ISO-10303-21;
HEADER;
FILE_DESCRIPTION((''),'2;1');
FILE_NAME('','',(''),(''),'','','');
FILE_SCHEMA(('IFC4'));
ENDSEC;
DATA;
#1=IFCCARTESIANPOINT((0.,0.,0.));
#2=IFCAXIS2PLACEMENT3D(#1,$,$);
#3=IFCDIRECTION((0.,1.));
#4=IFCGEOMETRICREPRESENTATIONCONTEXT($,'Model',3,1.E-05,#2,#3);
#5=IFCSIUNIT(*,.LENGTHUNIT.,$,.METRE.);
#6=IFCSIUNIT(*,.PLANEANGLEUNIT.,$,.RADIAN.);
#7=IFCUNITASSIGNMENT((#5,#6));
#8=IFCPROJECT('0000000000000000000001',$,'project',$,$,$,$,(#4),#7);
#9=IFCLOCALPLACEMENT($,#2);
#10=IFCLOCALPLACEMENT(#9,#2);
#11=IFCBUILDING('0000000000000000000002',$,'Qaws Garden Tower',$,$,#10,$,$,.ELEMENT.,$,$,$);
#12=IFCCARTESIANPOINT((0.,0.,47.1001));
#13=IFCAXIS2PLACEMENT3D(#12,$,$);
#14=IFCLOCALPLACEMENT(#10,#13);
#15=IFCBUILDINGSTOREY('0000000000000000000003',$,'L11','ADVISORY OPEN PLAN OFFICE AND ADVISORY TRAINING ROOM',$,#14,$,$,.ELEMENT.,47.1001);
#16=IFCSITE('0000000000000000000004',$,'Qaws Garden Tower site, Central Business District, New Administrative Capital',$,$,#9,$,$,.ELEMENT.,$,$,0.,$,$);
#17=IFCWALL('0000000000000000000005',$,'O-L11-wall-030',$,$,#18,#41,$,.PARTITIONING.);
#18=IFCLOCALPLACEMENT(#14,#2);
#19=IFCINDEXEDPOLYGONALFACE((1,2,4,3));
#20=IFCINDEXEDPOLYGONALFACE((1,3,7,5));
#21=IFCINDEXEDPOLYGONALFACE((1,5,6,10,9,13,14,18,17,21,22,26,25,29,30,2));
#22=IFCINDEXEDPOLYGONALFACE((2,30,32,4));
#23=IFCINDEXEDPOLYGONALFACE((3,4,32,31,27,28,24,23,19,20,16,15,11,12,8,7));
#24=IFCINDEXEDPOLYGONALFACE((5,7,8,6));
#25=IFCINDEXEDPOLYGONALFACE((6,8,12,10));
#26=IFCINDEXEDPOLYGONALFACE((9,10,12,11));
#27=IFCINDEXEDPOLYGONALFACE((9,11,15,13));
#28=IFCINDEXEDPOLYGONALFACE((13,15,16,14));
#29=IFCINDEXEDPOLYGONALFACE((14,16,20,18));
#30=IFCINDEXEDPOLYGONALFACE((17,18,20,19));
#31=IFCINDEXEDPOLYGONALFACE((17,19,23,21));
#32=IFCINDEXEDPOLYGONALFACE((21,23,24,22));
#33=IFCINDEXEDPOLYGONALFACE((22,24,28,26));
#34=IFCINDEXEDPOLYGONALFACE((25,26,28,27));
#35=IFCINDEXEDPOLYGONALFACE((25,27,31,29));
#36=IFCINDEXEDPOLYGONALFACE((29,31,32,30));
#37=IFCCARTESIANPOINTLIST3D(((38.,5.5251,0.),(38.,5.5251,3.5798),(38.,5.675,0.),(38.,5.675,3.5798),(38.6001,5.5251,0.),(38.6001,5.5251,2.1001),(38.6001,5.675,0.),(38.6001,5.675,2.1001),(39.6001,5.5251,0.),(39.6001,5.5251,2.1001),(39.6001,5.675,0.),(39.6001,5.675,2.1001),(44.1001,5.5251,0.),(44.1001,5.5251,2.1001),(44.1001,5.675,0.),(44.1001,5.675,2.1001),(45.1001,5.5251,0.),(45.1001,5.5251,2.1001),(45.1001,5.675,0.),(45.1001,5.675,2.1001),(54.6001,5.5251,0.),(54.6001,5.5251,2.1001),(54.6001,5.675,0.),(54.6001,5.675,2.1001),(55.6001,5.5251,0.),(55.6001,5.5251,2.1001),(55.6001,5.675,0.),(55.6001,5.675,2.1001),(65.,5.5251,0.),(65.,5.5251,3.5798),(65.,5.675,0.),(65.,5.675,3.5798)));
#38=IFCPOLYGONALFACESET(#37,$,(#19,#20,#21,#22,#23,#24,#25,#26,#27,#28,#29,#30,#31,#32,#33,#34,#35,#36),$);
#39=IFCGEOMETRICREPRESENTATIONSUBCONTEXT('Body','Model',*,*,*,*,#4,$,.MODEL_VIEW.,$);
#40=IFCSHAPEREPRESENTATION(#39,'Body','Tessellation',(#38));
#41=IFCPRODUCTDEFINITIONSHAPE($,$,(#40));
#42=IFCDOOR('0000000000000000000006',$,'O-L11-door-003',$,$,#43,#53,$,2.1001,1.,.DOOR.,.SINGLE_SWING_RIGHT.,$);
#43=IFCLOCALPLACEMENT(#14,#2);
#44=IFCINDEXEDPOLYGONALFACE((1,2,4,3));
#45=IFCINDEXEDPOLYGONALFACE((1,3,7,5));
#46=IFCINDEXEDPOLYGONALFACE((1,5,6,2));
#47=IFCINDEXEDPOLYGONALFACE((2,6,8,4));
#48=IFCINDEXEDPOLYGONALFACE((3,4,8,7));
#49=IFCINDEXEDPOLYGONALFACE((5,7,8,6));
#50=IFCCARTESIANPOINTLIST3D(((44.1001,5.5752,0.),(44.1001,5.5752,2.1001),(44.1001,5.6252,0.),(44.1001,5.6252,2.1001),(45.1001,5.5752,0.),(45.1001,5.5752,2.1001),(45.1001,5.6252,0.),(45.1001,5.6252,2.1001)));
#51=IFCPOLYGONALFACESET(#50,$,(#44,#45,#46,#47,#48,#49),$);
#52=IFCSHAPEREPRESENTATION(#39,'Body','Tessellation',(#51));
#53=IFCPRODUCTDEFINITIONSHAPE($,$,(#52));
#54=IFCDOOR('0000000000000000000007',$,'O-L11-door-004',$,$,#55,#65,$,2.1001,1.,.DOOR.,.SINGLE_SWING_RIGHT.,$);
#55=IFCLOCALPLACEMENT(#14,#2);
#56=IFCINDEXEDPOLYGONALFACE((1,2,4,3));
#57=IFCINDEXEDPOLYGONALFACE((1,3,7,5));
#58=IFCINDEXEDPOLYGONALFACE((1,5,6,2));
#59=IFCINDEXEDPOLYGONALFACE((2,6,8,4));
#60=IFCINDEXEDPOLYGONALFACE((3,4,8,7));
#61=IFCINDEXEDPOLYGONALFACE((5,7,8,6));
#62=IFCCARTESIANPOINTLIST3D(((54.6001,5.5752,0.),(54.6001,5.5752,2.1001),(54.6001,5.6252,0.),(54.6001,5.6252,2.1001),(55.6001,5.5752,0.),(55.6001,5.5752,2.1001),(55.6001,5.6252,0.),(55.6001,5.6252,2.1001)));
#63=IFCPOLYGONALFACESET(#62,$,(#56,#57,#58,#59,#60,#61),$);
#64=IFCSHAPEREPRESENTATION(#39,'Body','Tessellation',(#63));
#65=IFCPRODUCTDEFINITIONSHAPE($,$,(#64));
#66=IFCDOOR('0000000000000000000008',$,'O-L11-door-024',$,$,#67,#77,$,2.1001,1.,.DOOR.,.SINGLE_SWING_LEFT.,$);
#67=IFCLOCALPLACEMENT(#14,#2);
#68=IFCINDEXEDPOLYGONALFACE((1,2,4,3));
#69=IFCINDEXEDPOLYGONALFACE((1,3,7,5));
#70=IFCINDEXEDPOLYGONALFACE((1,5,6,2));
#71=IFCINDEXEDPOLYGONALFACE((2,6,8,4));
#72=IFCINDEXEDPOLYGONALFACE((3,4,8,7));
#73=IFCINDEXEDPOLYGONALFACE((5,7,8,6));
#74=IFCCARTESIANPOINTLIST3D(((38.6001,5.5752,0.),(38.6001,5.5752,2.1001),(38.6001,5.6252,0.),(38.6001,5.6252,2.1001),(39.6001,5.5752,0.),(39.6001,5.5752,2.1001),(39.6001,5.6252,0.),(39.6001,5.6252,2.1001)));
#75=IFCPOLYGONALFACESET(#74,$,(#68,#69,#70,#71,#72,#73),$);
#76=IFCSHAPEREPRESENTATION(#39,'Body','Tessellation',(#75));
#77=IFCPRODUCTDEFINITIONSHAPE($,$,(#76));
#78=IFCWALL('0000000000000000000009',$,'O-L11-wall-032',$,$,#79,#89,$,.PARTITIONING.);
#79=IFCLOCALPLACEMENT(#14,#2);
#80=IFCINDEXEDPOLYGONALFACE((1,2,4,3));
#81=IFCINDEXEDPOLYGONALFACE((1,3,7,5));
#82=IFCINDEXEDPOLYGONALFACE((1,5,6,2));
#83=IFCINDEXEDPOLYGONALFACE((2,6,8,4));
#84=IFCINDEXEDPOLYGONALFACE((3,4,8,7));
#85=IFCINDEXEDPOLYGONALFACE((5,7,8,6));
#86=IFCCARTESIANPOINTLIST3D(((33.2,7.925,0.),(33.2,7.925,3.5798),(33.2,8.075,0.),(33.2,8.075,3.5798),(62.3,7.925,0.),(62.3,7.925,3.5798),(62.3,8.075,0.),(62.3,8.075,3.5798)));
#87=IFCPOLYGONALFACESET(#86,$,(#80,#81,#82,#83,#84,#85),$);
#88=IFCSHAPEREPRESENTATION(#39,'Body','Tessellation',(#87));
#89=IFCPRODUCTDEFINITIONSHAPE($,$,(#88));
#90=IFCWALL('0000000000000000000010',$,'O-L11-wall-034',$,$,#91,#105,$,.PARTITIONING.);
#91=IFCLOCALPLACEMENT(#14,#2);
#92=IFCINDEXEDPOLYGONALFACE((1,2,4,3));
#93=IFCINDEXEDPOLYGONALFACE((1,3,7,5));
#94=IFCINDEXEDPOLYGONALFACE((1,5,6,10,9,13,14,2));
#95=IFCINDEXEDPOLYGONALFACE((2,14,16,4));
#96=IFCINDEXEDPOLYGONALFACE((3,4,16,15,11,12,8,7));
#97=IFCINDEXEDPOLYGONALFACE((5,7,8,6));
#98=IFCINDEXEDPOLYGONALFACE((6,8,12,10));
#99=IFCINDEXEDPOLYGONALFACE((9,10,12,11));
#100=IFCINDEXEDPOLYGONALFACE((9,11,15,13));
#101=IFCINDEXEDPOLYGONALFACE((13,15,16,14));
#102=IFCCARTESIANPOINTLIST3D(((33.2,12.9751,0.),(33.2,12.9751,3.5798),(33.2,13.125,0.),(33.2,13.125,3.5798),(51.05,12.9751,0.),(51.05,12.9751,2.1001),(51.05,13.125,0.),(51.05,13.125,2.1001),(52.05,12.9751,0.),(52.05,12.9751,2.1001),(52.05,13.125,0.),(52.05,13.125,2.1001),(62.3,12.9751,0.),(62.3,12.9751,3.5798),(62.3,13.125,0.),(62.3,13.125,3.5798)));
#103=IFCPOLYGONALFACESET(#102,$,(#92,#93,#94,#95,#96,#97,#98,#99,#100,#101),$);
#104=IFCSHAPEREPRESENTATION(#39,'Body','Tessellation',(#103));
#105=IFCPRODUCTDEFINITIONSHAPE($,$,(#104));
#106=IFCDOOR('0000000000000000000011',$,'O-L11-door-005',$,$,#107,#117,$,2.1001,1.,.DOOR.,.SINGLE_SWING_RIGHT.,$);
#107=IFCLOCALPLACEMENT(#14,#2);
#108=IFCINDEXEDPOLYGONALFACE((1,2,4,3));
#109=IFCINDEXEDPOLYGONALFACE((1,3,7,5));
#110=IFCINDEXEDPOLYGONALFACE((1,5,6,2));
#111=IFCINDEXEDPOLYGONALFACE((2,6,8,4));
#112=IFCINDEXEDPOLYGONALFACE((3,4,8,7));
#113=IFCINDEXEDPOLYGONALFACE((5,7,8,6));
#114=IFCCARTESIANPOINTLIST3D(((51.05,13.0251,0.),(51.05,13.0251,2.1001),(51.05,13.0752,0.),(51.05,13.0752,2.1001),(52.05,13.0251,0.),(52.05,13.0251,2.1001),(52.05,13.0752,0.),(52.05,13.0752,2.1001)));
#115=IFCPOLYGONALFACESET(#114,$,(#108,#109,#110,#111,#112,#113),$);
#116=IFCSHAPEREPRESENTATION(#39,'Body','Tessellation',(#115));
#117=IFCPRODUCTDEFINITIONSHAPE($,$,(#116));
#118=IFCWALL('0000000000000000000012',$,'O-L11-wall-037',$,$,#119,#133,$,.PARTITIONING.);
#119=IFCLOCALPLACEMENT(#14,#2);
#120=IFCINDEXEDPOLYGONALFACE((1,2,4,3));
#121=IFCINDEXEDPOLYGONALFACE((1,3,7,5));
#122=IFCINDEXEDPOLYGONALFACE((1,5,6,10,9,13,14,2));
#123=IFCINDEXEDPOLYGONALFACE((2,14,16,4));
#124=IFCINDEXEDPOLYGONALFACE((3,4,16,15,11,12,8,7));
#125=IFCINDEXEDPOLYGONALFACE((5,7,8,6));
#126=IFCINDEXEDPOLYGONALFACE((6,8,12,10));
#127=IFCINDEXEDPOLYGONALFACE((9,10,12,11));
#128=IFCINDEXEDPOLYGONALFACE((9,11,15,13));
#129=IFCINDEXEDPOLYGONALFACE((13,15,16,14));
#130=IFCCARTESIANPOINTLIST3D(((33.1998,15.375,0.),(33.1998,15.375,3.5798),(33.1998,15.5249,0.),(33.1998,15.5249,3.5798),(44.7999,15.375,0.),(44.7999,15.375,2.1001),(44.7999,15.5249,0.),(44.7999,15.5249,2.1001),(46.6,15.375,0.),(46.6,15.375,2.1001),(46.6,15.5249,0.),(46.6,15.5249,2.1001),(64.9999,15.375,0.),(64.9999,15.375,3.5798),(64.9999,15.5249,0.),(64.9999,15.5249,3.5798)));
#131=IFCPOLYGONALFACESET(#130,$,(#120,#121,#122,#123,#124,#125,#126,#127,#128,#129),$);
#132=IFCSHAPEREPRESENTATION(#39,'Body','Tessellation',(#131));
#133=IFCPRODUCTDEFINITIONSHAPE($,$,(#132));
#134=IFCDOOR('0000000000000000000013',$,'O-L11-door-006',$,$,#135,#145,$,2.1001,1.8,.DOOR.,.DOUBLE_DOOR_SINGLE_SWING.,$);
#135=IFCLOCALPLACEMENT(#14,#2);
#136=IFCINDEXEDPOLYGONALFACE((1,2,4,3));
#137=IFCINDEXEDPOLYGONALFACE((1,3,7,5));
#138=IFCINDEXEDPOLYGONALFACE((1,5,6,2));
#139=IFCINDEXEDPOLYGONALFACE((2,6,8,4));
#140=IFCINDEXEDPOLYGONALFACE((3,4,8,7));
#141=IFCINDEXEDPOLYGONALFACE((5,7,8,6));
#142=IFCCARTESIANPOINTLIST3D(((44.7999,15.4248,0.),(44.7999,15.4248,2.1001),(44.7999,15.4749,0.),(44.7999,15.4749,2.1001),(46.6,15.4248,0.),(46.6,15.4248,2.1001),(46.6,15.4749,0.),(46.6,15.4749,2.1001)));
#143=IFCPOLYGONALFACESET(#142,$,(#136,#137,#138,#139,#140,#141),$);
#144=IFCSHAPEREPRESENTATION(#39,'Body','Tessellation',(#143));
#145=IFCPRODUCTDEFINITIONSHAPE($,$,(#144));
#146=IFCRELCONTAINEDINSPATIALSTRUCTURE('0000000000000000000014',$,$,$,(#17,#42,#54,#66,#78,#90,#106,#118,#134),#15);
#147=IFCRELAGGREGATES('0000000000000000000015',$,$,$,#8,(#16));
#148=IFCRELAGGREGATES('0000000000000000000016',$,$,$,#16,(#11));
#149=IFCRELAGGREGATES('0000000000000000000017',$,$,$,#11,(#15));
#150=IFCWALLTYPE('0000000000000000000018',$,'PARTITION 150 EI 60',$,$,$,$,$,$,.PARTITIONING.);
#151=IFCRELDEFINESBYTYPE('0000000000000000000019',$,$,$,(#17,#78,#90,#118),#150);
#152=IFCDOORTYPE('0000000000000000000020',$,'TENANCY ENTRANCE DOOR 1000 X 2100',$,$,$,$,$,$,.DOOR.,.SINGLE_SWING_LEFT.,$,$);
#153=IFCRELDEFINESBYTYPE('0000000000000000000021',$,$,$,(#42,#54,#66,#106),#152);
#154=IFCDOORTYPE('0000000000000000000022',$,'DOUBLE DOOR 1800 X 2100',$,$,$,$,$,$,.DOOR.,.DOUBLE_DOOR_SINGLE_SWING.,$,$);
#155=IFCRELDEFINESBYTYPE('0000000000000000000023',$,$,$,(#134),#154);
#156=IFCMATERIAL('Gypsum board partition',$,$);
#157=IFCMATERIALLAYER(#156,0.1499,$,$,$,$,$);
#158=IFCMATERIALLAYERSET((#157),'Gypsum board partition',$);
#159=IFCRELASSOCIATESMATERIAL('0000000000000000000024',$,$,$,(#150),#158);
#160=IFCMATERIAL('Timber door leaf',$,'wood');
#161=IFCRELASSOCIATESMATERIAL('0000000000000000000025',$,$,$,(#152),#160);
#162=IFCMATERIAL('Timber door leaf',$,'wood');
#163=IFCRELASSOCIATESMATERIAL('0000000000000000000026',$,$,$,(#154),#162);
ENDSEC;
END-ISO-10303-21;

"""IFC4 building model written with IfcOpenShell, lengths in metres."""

from ifc_helpers import new_model, si_unit, direction, frame, frame_2d, origin, place, context, subcontext, project, spatial, rectangle, extrude, material, layer, layer_set, type_object, element, fill, save


model = new_model("IFC4")

# Units and contexts
model_context = context("Model", 3, precision=1e-05, world=origin(), true_north=direction((0.0, 1.0)))
body_context = subcontext(model_context, "Body", "Model", "MODEL_VIEW")
ifc_project = project(units=[si_unit("LENGTHUNIT", "METRE"), si_unit("PLANEANGLEUNIT", "RADIAN")], contexts=[model_context])

# Site, building, storey
site_placement = place(None, origin())
site = spatial("IfcSite", under=ifc_project, at=site_placement, Name="Qaws Garden Tower site, Central Business District, New Administrative Capital", CompositionType="ELEMENT", RefElevation=0.0)
building_placement = place(site_placement, origin())
building = spatial("IfcBuilding", under=site, at=building_placement, Name="Qaws Garden Tower", CompositionType="ELEMENT")
storey_placement = place(building_placement, frame((0.0, 0.0, 47.1001)))
storey = spatial("IfcBuildingStorey", under=building, at=storey_placement, Name="L11", Description="ADVISORY OPEN PLAN OFFICE AND ADVISORY TRAINING ROOM", CompositionType="ELEMENT", Elevation=47.1001)

# Shared definitions
ifc_material_1 = material(Name="Gypsum board partition")
ifc_layer_1 = layer(ifc_material_1, 0.1499)
ifc_layer_set_1 = layer_set([ifc_layer_1], Name="Gypsum board partition")
wall_type_1 = type_object("IfcWallType", Name="PARTITION 150 EI 60", PredefinedType="PARTITIONING", material=ifc_layer_set_1)

# Wall, openings, doors
wall_1_placement = place(storey_placement, frame((38.0, 5.6001, 0.0), z_axis=(0.0, 0.0, 1.0), x_axis=(1.0, 0.0, 0.0)))
wall_1 = element("IfcWall", 1, at=wall_1_placement, inside=storey, type_object=wall_type_1, Name="O-L11-wall-030", PredefinedType="PARTITIONING", context=body_context, shape_type="SweptSolid", body=[
    extrude(rectangle(XDim=27.0, YDim=0.1499, at=frame_2d((13.5, 0.0))), origin(), (0.0, 0.0, 1.0), 3.5798),
])
opening_1_placement = place(wall_1_placement, frame((6.1001, 0.0, 0.0)))
opening_1 = element("IfcOpeningElement", 2, at=opening_1_placement, cuts=wall_1, PredefinedType="OPENING", context=body_context, shape_type="SweptSolid", body=[
    extrude(rectangle(XDim=1.0, YDim=2.1001, at=frame_2d((0.5, 1.05))), frame((0.0, 0.085, 0.0), z_axis=(0.0, -1.0, 0.0), x_axis=(1.0, 0.0, 0.0)), (0.0, 0.0, 1.0), 0.1699),
])
opening_2_placement = place(wall_1_placement, frame((16.6001, 0.0, 0.0)))
opening_2 = element("IfcOpeningElement", 3, at=opening_2_placement, cuts=wall_1, PredefinedType="OPENING", context=body_context, shape_type="SweptSolid", body=[
    extrude(rectangle(XDim=1.0, YDim=2.1001, at=frame_2d((0.5, 1.05))), frame((0.0, 0.085, 0.0), z_axis=(0.0, -1.0, 0.0), x_axis=(1.0, 0.0, 0.0)), (0.0, 0.0, 1.0), 0.1699),
])
opening_3_placement = place(wall_1_placement, frame((0.6001, 0.0, 0.0)))
opening_3 = element("IfcOpeningElement", 4, at=opening_3_placement, cuts=wall_1, PredefinedType="OPENING", context=body_context, shape_type="SweptSolid", body=[
    extrude(rectangle(XDim=1.0, YDim=2.1001, at=frame_2d((0.5, 1.05))), frame((0.0, 0.085, 0.0), z_axis=(0.0, -1.0, 0.0), x_axis=(1.0, 0.0, 0.0)), (0.0, 0.0, 1.0), 0.1699),
])
ifc_material_2 = material(Name="Timber door leaf", Category="wood")
door_type_1 = type_object("IfcDoorType", Name="TENANCY ENTRANCE DOOR 1000 X 2100", OperationType="SINGLE_SWING_LEFT", PredefinedType="DOOR", material=ifc_material_2)
door_1_placement = place(opening_1_placement, frame((1.0, 0.0, 0.0), z_axis=(0.0, 0.0, 1.0), x_axis=(-1.0, 0.0, 0.0)))
door_1 = element("IfcDoor", 5, at=door_1_placement, inside=storey, type_object=door_type_1, Name="O-L11-door-003", OperationType="SINGLE_SWING_RIGHT", OverallHeight=2.1001, OverallWidth=1.0, PredefinedType="DOOR", context=body_context, shape_type="SweptSolid", body=[
    extrude(rectangle(XDim=1.0, YDim=2.1001, at=frame_2d((0.5, 1.05))), frame((0.0, 0.0249, 0.0), z_axis=(0.0, -1.0, 0.0), x_axis=(1.0, 0.0, 0.0)), (0.0, 0.0, 1.0), 0.05),
])
fill(opening_1, door_1)
door_2_placement = place(opening_2_placement, frame((1.0, 0.0, 0.0), z_axis=(0.0, 0.0, 1.0), x_axis=(-1.0, 0.0, 0.0)))
door_2 = element("IfcDoor", 6, at=door_2_placement, inside=storey, type_object=door_type_1, Name="O-L11-door-004", OperationType="SINGLE_SWING_RIGHT", OverallHeight=2.1001, OverallWidth=1.0, PredefinedType="DOOR", context=body_context, shape_type="SweptSolid", body=[
    extrude(rectangle(XDim=1.0, YDim=2.1001, at=frame_2d((0.5, 1.05))), frame((0.0, 0.0249, 0.0), z_axis=(0.0, -1.0, 0.0), x_axis=(1.0, 0.0, 0.0)), (0.0, 0.0, 1.0), 0.05),
])
fill(opening_2, door_2)
door_3_placement = place(opening_3_placement, frame((1.0, 0.0, 0.0), z_axis=(0.0, 0.0, 1.0), x_axis=(-1.0, 0.0, 0.0)))
door_3 = element("IfcDoor", 7, at=door_3_placement, inside=storey, type_object=door_type_1, Name="O-L11-door-024", OperationType="SINGLE_SWING_LEFT", OverallHeight=2.1001, OverallWidth=1.0, PredefinedType="DOOR", context=body_context, shape_type="SweptSolid", body=[
    extrude(rectangle(XDim=1.0, YDim=2.1001, at=frame_2d((0.5, 1.05))), frame((0.0, 0.0249, 0.0), z_axis=(0.0, -1.0, 0.0), x_axis=(1.0, 0.0, 0.0)), (0.0, 0.0, 1.0), 0.05),
])
fill(opening_3, door_3)

# Wall
wall_2_placement = place(storey_placement, frame((33.2, 8.0, 0.0), z_axis=(0.0, 0.0, 1.0), x_axis=(1.0, 0.0, 0.0)))
element("IfcWall", 8, at=wall_2_placement, inside=storey, type_object=wall_type_1, Name="O-L11-wall-032", PredefinedType="PARTITIONING", context=body_context, shape_type="SweptSolid", body=[
    extrude(rectangle(XDim=29.1001, YDim=0.1499, at=frame_2d((14.55, 0.0))), origin(), (0.0, 0.0, 1.0), 3.5798),
])

# Walls, openings, doors
wall_3_placement = place(storey_placement, frame((33.2, 13.05, 0.0), z_axis=(0.0, 0.0, 1.0), x_axis=(1.0, 0.0, 0.0)))
wall_3 = element("IfcWall", 9, at=wall_3_placement, inside=storey, type_object=wall_type_1, Name="O-L11-wall-034", PredefinedType="PARTITIONING", context=body_context, shape_type="SweptSolid", body=[
    extrude(rectangle(XDim=29.1001, YDim=0.1499, at=frame_2d((14.55, 0.0))), origin(), (0.0, 0.0, 1.0), 3.5798),
])
opening_4_placement = place(wall_3_placement, frame((17.8501, 0.0, 0.0)))
opening_4 = element("IfcOpeningElement", 10, at=opening_4_placement, cuts=wall_3, PredefinedType="OPENING", context=body_context, shape_type="SweptSolid", body=[
    extrude(rectangle(XDim=1.0, YDim=2.1001, at=frame_2d((0.5, 1.05))), frame((0.0, 0.085, 0.0), z_axis=(0.0, -1.0, 0.0), x_axis=(1.0, 0.0, 0.0)), (0.0, 0.0, 1.0), 0.1699),
])
door_4_placement = place(opening_4_placement, frame((1.0, 0.0, 0.0), z_axis=(0.0, 0.0, 1.0), x_axis=(-1.0, 0.0, 0.0)))
door_4 = element("IfcDoor", 11, at=door_4_placement, inside=storey, type_object=door_type_1, Name="O-L11-door-005", OperationType="SINGLE_SWING_RIGHT", OverallHeight=2.1001, OverallWidth=1.0, PredefinedType="DOOR", context=body_context, shape_type="SweptSolid", body=[
    extrude(rectangle(XDim=1.0, YDim=2.1001, at=frame_2d((0.5, 1.05))), frame((0.0, 0.0249, 0.0), z_axis=(0.0, -1.0, 0.0), x_axis=(1.0, 0.0, 0.0)), (0.0, 0.0, 1.0), 0.05),
])
fill(opening_4, door_4)
wall_4_placement = place(storey_placement, frame((33.2, 15.45, 0.0), z_axis=(0.0, 0.0, 1.0), x_axis=(1.0, 0.0, 0.0)))
wall_4 = element("IfcWall", 12, at=wall_4_placement, inside=storey, type_object=wall_type_1, Name="O-L11-wall-037", PredefinedType="PARTITIONING", context=body_context, shape_type="SweptSolid", body=[
    extrude(rectangle(XDim=31.8, YDim=0.1499, at=frame_2d((15.8999, 0.0))), origin(), (0.0, 0.0, 1.0), 3.5798),
])
opening_5_placement = place(wall_4_placement, frame((11.6001, 0.0, 0.0)))
opening_5 = element("IfcOpeningElement", 13, at=opening_5_placement, cuts=wall_4, PredefinedType="OPENING", context=body_context, shape_type="SweptSolid", body=[
    extrude(rectangle(XDim=1.8, YDim=2.1001, at=frame_2d((0.8999, 1.05))), frame((0.0, 0.085, 0.0), z_axis=(0.0, -1.0, 0.0), x_axis=(1.0, 0.0, 0.0)), (0.0, 0.0, 1.0), 0.1699),
])
ifc_material_3 = material(Name="Timber door leaf", Category="wood")
door_type_2 = type_object("IfcDoorType", Name="DOUBLE DOOR 1800 X 2100", OperationType="DOUBLE_DOOR_SINGLE_SWING", PredefinedType="DOOR", material=ifc_material_3)
door_5_placement = place(opening_5_placement, origin())
door_5 = element("IfcDoor", 14, at=door_5_placement, inside=storey, type_object=door_type_2, Name="O-L11-door-006", OperationType="DOUBLE_DOOR_SINGLE_SWING", OverallHeight=2.1001, OverallWidth=1.8, PredefinedType="DOOR", context=body_context, shape_type="SweptSolid", body=[
    extrude(rectangle(XDim=1.8, YDim=2.1001, at=frame_2d((0.8999, 1.05))), frame((0.0, 0.0249, 0.0), z_axis=(0.0, -1.0, 0.0), x_axis=(1.0, 0.0, 0.0)), (0.0, 0.0, 1.0), 0.05),
])
fill(opening_5, door_5)

save(model, "model.ifc")
